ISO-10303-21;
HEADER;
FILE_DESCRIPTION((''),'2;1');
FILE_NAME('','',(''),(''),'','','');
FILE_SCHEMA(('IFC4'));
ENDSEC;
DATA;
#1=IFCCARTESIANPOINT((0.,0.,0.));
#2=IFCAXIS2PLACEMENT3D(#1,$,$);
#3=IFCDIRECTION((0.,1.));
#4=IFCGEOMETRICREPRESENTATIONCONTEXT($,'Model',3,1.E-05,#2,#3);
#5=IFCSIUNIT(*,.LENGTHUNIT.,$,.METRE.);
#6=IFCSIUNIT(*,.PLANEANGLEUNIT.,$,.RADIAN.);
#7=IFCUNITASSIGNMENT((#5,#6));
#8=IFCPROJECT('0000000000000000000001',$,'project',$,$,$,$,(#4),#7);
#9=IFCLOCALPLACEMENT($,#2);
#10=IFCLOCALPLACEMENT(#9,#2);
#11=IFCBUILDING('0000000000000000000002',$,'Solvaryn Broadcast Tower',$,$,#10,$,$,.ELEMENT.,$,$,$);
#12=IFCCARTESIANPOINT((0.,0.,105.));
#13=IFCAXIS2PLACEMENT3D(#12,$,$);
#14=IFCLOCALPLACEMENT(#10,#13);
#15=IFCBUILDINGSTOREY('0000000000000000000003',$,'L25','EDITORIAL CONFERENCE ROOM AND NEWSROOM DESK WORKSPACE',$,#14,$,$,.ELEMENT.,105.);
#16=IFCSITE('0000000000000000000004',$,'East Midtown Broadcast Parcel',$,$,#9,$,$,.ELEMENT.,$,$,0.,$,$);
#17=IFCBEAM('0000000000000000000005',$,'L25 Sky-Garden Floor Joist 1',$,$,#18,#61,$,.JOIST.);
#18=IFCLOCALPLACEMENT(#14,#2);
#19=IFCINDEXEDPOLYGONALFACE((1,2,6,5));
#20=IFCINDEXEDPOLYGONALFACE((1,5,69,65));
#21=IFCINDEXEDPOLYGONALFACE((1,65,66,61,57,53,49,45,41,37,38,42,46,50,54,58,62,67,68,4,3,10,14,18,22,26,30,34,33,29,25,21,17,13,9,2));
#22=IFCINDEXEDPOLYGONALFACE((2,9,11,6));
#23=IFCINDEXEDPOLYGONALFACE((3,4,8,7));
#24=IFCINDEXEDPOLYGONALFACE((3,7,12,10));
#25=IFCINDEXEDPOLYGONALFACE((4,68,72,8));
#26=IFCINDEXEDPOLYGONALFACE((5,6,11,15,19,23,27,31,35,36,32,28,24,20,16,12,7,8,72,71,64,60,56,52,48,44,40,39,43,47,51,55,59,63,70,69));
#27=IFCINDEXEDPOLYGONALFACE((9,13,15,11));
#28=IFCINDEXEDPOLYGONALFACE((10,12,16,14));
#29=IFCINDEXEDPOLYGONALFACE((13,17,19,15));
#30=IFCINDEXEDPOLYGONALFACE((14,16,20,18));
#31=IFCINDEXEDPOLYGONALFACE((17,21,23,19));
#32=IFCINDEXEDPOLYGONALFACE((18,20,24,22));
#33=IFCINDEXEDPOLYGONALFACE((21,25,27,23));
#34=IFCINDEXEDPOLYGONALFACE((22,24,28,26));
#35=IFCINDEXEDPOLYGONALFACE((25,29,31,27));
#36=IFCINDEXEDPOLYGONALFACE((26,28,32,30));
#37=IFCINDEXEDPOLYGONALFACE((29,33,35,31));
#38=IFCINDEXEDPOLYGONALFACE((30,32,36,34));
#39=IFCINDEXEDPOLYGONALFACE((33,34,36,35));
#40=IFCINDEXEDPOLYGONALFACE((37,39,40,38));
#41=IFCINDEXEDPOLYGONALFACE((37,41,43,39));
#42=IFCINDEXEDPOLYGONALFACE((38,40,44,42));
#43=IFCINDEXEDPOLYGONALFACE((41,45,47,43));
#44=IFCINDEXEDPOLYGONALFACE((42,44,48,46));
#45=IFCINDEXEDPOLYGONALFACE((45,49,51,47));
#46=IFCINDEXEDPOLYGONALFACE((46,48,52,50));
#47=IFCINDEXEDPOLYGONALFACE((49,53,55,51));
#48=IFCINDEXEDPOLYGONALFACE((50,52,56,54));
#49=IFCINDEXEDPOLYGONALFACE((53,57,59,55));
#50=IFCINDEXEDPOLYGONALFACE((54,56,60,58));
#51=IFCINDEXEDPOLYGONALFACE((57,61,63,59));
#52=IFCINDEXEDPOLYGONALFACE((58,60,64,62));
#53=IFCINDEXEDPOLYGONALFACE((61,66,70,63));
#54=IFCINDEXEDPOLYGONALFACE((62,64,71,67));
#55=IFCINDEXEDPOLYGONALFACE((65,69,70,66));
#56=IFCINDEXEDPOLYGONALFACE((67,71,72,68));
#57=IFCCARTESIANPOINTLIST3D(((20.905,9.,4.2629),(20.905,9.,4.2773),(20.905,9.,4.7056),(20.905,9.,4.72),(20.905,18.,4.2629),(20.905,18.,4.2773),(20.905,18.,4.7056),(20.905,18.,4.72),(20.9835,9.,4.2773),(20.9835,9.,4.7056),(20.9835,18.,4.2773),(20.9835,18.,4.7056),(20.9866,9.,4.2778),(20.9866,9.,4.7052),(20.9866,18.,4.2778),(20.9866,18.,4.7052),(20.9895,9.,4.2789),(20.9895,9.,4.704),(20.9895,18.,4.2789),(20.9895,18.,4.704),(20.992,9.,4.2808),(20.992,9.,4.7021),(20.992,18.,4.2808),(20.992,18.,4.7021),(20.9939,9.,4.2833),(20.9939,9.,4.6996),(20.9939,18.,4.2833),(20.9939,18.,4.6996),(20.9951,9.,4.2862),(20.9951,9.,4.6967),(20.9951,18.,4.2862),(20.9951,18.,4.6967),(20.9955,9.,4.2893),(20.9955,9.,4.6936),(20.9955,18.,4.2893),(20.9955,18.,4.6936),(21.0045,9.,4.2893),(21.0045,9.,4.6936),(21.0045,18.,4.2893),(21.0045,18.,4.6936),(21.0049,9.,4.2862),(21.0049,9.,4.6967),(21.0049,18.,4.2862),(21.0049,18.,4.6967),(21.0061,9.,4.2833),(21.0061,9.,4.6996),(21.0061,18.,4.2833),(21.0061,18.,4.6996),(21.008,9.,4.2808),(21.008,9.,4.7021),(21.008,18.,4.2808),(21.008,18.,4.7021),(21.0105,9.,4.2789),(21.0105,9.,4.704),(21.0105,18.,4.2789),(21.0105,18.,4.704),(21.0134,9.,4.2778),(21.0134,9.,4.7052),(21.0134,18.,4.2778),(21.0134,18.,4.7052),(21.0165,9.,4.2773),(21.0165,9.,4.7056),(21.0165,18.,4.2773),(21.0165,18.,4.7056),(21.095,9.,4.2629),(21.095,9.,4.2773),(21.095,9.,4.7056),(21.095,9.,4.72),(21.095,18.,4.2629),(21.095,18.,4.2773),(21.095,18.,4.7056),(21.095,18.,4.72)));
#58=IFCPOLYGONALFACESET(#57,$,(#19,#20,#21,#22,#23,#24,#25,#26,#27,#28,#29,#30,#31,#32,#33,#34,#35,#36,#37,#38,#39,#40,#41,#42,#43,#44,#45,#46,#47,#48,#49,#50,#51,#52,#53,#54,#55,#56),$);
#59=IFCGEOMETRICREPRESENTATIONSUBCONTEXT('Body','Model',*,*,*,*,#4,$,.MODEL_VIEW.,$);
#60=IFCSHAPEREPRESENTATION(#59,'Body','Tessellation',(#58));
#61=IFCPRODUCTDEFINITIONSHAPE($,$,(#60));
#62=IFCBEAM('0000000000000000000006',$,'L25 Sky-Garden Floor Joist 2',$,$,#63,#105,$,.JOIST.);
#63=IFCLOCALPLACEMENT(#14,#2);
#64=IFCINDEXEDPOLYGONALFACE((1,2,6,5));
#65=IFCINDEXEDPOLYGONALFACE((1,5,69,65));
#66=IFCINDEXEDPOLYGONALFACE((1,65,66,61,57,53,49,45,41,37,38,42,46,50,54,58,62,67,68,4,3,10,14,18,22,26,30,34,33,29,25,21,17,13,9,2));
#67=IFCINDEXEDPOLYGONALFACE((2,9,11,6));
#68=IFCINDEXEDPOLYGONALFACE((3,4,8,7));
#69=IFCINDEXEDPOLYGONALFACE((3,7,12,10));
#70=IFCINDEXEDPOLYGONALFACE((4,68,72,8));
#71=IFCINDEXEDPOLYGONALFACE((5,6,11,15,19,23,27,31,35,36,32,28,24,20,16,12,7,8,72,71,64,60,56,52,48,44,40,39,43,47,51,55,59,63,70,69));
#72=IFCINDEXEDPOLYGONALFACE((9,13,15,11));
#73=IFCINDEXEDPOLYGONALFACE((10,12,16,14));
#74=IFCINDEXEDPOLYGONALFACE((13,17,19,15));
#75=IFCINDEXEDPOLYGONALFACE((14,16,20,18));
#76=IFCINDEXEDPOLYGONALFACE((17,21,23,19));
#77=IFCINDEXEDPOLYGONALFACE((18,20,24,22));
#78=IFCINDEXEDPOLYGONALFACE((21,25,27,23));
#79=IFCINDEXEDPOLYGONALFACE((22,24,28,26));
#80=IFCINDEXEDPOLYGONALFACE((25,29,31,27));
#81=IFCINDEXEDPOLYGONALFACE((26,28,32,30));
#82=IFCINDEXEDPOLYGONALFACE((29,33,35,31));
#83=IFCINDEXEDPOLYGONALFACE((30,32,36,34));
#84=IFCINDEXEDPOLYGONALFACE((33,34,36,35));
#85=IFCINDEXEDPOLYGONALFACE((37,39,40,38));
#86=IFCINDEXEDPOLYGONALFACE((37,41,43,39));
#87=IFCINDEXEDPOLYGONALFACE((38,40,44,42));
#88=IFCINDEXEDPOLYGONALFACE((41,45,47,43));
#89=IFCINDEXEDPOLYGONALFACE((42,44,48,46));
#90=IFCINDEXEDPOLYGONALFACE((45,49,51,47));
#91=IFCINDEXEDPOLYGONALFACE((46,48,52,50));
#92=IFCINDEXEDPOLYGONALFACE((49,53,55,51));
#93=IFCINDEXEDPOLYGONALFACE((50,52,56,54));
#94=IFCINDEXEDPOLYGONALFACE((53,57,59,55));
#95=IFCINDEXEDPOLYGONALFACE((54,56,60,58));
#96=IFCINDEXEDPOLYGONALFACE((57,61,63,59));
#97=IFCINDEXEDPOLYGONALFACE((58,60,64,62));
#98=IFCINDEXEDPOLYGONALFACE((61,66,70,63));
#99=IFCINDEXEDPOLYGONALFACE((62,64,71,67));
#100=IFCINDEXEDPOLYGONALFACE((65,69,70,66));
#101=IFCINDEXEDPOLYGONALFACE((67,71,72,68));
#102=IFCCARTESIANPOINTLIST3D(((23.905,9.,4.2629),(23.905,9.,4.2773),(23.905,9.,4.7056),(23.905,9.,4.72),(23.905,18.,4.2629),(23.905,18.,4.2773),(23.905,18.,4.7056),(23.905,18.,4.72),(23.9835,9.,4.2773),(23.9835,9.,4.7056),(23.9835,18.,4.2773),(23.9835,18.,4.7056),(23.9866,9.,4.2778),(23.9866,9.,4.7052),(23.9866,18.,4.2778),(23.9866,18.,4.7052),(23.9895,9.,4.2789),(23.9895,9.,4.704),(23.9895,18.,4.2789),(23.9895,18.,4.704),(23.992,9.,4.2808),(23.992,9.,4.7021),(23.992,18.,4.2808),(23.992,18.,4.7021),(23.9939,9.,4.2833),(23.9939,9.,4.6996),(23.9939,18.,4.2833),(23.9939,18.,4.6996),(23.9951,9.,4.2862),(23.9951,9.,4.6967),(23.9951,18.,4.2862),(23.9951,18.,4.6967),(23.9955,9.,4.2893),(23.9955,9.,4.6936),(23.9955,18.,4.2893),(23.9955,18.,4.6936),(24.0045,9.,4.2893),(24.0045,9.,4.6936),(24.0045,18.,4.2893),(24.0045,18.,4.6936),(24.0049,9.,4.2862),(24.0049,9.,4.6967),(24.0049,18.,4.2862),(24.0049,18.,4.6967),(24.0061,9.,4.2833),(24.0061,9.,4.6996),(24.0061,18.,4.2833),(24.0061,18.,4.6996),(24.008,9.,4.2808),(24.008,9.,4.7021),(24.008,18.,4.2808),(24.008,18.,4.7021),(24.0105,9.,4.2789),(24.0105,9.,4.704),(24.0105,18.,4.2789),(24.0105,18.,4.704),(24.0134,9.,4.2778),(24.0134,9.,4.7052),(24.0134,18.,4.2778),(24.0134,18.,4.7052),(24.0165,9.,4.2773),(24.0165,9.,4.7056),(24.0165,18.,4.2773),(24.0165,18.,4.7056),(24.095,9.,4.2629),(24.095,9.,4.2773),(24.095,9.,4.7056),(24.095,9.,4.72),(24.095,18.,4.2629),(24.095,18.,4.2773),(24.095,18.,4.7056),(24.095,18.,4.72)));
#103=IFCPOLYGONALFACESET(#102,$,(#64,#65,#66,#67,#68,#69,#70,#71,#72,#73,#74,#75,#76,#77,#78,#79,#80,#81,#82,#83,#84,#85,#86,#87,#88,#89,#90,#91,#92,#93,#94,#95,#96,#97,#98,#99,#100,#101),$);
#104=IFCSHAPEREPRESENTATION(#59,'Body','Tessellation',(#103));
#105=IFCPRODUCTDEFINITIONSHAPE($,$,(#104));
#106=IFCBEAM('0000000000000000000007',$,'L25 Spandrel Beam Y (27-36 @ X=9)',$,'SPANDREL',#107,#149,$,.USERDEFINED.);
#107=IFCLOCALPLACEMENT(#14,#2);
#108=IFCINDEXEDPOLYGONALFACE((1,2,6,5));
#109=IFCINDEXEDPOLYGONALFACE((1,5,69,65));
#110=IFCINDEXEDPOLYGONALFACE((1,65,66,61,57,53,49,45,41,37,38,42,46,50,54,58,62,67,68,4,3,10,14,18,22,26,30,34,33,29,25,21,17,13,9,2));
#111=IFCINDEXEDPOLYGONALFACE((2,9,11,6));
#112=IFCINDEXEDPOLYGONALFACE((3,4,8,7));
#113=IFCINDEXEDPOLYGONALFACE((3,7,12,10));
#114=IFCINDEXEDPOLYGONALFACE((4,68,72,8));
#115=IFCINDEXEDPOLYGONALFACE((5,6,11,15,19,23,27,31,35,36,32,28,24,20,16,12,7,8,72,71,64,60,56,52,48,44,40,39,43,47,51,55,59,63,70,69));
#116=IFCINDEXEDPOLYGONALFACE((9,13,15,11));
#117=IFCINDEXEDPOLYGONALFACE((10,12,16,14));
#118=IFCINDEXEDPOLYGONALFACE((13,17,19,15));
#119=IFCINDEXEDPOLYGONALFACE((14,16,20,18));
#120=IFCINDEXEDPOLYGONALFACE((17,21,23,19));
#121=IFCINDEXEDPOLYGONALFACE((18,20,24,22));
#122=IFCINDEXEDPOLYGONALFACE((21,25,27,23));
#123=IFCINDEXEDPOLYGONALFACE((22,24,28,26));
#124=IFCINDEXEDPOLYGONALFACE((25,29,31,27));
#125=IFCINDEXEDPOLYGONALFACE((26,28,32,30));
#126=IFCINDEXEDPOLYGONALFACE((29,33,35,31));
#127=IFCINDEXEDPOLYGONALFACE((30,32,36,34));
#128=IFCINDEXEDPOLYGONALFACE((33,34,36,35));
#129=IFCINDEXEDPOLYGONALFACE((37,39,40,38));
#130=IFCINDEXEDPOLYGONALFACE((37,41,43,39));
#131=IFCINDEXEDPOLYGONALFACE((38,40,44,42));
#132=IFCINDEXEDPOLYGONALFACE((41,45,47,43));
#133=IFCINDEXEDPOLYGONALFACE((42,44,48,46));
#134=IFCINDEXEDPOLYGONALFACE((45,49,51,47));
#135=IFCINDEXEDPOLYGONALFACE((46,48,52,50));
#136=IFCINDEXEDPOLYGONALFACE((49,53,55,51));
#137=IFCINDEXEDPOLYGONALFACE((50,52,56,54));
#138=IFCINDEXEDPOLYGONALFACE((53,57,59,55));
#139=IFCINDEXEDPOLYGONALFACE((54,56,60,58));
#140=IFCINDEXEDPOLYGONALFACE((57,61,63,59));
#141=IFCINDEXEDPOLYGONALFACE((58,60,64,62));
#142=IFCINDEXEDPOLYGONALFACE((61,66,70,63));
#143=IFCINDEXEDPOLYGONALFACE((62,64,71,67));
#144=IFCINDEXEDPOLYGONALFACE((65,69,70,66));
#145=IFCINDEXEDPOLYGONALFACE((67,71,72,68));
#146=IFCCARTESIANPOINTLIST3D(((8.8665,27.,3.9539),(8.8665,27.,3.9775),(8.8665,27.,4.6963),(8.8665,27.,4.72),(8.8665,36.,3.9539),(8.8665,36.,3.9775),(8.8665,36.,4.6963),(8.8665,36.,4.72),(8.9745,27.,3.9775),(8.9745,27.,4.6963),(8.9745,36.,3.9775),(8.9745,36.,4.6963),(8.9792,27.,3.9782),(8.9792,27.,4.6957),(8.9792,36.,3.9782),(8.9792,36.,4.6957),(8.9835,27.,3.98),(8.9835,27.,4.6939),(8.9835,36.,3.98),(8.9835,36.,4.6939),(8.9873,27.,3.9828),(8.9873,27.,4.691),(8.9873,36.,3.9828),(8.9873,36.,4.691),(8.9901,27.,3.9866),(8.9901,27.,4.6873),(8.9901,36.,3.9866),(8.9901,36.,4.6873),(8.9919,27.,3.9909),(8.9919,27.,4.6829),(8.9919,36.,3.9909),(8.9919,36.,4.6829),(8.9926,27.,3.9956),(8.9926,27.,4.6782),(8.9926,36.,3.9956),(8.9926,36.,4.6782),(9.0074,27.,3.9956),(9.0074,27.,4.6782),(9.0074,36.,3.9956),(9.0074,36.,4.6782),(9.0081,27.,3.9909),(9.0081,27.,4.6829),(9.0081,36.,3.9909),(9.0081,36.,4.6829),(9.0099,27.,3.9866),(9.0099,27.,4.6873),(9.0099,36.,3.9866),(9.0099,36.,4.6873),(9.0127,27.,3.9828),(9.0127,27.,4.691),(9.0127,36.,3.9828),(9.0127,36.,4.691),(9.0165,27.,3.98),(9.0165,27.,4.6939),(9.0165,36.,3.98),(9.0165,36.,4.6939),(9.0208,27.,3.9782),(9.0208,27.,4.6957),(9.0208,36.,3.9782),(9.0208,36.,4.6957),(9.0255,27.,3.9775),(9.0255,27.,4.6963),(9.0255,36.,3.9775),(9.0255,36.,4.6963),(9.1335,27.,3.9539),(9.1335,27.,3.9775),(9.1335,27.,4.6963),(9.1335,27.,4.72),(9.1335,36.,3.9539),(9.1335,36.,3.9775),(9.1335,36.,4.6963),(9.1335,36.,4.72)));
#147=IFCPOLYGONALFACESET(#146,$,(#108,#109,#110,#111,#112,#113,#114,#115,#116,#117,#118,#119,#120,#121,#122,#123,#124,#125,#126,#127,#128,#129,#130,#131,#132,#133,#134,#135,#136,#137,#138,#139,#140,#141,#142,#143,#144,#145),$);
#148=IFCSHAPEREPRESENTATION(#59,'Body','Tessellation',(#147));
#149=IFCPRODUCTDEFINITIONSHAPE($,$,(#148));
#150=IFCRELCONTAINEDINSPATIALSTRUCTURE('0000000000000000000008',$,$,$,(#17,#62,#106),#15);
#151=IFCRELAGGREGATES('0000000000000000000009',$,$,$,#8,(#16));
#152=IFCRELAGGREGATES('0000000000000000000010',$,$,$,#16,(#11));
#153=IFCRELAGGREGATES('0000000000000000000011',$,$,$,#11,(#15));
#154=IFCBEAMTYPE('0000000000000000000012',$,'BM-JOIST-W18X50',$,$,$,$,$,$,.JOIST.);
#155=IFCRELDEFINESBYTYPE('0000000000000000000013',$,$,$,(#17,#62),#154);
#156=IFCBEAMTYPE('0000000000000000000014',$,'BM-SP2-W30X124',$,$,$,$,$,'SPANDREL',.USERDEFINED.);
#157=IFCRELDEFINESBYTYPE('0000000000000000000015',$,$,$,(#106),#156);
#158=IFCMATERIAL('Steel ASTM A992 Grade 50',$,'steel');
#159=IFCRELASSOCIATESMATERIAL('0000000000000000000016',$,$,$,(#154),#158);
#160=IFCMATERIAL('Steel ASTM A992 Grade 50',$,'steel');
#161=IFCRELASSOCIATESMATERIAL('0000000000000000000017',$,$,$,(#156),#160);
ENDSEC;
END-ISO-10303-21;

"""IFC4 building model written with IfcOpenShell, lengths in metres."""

from ifc_helpers import new_model, si_unit, direction, frame, origin, origin_2d, place, context, subcontext, project, spatial, i_section, extrude, material, material_profile, profile_set, type_object, element, save


model = new_model("IFC4")

# Units and contexts
model_context = context("Model", 3, precision=1e-05, world=origin(), true_north=direction((0.0, 1.0)))
body_context = subcontext(model_context, "Body", "Model", "MODEL_VIEW")
ifc_project = project(units=[si_unit("LENGTHUNIT", "METRE"), si_unit("PLANEANGLEUNIT", "RADIAN")], contexts=[model_context])

# Site, building, storey
site_placement = place(None, origin())
site = spatial("IfcSite", under=ifc_project, at=site_placement, Name="East Midtown Broadcast Parcel", CompositionType="ELEMENT", RefElevation=0.0)
building_placement = place(site_placement, origin())
building = spatial("IfcBuilding", under=site, at=building_placement, Name="Solvaryn Broadcast Tower", CompositionType="ELEMENT")
storey_placement = place(building_placement, frame((0.0, 0.0, 105.0)))
storey = spatial("IfcBuildingStorey", under=building, at=storey_placement, Name="L25", Description="EDITORIAL CONFERENCE ROOM AND NEWSROOM DESK WORKSPACE", CompositionType="ELEMENT", Elevation=105.0)

# Beams
ifc_material_1 = material(Name="Steel ASTM A992 Grade 50", Category="steel")
ifc_material_profile_1 = material_profile(ifc_material_1, i_section(OverallWidth=0.1899, OverallDepth=0.457, WebThickness=0.009, FlangeThickness=0.0144, FilletRadius=0.012, at=origin_2d()))
ifc_profile_set_1 = profile_set([ifc_material_profile_1], Name="Steel ASTM A992 Grade 50")
beam_type_1 = type_object("IfcBeamType", Name="BM-JOIST-W18X50", PredefinedType="JOIST", material=ifc_profile_set_1)
for number, where, z_axis, x_axis, name in (
    (1, (21.0, 9.0, 4.4915), (0.0, 1.0, 0.0), (-1.0, 0.0, 0.0), "L25 Sky-Garden Floor Joist 1"),
    (2, (24.0, 9.0, 4.4915), (0.0, 1.0, 0.0), (-1.0, 0.0, 0.0), "L25 Sky-Garden Floor Joist 2"),
):
    element("IfcBeam", number, at=place(storey_placement, frame(where, z_axis=z_axis, x_axis=x_axis)), inside=storey, type_object=beam_type_1, Name=name, PredefinedType="JOIST", context=body_context, shape_type="SweptSolid", body=[
        extrude(i_section(OverallWidth=0.1899, OverallDepth=0.457, WebThickness=0.009, FlangeThickness=0.0144, FilletRadius=0.012, at=origin_2d()), origin(), (0.0, 0.0, 1.0), 9.0),
    ])
ifc_material_2 = material(Name="Steel ASTM A992 Grade 50", Category="steel")
ifc_material_profile_2 = material_profile(ifc_material_2, i_section(OverallWidth=0.2671, OverallDepth=0.7661, WebThickness=0.0149, FlangeThickness=0.0237, FilletRadius=0.0181, at=origin_2d()))
ifc_profile_set_2 = profile_set([ifc_material_profile_2], Name="Steel ASTM A992 Grade 50")
beam_type_2 = type_object("IfcBeamType", Name="BM-SP2-W30X124", ElementType="SPANDREL", PredefinedType="USERDEFINED", material=ifc_profile_set_2)
beam_1_placement = place(storey_placement, frame((9.0, 27.0, 4.3369), z_axis=(0.0, 1.0, 0.0), x_axis=(-1.0, 0.0, 0.0)))
element("IfcBeam", 3, at=beam_1_placement, inside=storey, type_object=beam_type_2, Name="L25 Spandrel Beam Y (27-36 @ X=9)", ObjectType="SPANDREL", PredefinedType="USERDEFINED", context=body_context, shape_type="SweptSolid", body=[
    extrude(i_section(OverallWidth=0.2671, OverallDepth=0.7661, WebThickness=0.0149, FlangeThickness=0.0237, FilletRadius=0.0181, at=origin_2d()), origin(), (0.0, 0.0, 1.0), 9.0),
])

save(model, "model.ifc")
